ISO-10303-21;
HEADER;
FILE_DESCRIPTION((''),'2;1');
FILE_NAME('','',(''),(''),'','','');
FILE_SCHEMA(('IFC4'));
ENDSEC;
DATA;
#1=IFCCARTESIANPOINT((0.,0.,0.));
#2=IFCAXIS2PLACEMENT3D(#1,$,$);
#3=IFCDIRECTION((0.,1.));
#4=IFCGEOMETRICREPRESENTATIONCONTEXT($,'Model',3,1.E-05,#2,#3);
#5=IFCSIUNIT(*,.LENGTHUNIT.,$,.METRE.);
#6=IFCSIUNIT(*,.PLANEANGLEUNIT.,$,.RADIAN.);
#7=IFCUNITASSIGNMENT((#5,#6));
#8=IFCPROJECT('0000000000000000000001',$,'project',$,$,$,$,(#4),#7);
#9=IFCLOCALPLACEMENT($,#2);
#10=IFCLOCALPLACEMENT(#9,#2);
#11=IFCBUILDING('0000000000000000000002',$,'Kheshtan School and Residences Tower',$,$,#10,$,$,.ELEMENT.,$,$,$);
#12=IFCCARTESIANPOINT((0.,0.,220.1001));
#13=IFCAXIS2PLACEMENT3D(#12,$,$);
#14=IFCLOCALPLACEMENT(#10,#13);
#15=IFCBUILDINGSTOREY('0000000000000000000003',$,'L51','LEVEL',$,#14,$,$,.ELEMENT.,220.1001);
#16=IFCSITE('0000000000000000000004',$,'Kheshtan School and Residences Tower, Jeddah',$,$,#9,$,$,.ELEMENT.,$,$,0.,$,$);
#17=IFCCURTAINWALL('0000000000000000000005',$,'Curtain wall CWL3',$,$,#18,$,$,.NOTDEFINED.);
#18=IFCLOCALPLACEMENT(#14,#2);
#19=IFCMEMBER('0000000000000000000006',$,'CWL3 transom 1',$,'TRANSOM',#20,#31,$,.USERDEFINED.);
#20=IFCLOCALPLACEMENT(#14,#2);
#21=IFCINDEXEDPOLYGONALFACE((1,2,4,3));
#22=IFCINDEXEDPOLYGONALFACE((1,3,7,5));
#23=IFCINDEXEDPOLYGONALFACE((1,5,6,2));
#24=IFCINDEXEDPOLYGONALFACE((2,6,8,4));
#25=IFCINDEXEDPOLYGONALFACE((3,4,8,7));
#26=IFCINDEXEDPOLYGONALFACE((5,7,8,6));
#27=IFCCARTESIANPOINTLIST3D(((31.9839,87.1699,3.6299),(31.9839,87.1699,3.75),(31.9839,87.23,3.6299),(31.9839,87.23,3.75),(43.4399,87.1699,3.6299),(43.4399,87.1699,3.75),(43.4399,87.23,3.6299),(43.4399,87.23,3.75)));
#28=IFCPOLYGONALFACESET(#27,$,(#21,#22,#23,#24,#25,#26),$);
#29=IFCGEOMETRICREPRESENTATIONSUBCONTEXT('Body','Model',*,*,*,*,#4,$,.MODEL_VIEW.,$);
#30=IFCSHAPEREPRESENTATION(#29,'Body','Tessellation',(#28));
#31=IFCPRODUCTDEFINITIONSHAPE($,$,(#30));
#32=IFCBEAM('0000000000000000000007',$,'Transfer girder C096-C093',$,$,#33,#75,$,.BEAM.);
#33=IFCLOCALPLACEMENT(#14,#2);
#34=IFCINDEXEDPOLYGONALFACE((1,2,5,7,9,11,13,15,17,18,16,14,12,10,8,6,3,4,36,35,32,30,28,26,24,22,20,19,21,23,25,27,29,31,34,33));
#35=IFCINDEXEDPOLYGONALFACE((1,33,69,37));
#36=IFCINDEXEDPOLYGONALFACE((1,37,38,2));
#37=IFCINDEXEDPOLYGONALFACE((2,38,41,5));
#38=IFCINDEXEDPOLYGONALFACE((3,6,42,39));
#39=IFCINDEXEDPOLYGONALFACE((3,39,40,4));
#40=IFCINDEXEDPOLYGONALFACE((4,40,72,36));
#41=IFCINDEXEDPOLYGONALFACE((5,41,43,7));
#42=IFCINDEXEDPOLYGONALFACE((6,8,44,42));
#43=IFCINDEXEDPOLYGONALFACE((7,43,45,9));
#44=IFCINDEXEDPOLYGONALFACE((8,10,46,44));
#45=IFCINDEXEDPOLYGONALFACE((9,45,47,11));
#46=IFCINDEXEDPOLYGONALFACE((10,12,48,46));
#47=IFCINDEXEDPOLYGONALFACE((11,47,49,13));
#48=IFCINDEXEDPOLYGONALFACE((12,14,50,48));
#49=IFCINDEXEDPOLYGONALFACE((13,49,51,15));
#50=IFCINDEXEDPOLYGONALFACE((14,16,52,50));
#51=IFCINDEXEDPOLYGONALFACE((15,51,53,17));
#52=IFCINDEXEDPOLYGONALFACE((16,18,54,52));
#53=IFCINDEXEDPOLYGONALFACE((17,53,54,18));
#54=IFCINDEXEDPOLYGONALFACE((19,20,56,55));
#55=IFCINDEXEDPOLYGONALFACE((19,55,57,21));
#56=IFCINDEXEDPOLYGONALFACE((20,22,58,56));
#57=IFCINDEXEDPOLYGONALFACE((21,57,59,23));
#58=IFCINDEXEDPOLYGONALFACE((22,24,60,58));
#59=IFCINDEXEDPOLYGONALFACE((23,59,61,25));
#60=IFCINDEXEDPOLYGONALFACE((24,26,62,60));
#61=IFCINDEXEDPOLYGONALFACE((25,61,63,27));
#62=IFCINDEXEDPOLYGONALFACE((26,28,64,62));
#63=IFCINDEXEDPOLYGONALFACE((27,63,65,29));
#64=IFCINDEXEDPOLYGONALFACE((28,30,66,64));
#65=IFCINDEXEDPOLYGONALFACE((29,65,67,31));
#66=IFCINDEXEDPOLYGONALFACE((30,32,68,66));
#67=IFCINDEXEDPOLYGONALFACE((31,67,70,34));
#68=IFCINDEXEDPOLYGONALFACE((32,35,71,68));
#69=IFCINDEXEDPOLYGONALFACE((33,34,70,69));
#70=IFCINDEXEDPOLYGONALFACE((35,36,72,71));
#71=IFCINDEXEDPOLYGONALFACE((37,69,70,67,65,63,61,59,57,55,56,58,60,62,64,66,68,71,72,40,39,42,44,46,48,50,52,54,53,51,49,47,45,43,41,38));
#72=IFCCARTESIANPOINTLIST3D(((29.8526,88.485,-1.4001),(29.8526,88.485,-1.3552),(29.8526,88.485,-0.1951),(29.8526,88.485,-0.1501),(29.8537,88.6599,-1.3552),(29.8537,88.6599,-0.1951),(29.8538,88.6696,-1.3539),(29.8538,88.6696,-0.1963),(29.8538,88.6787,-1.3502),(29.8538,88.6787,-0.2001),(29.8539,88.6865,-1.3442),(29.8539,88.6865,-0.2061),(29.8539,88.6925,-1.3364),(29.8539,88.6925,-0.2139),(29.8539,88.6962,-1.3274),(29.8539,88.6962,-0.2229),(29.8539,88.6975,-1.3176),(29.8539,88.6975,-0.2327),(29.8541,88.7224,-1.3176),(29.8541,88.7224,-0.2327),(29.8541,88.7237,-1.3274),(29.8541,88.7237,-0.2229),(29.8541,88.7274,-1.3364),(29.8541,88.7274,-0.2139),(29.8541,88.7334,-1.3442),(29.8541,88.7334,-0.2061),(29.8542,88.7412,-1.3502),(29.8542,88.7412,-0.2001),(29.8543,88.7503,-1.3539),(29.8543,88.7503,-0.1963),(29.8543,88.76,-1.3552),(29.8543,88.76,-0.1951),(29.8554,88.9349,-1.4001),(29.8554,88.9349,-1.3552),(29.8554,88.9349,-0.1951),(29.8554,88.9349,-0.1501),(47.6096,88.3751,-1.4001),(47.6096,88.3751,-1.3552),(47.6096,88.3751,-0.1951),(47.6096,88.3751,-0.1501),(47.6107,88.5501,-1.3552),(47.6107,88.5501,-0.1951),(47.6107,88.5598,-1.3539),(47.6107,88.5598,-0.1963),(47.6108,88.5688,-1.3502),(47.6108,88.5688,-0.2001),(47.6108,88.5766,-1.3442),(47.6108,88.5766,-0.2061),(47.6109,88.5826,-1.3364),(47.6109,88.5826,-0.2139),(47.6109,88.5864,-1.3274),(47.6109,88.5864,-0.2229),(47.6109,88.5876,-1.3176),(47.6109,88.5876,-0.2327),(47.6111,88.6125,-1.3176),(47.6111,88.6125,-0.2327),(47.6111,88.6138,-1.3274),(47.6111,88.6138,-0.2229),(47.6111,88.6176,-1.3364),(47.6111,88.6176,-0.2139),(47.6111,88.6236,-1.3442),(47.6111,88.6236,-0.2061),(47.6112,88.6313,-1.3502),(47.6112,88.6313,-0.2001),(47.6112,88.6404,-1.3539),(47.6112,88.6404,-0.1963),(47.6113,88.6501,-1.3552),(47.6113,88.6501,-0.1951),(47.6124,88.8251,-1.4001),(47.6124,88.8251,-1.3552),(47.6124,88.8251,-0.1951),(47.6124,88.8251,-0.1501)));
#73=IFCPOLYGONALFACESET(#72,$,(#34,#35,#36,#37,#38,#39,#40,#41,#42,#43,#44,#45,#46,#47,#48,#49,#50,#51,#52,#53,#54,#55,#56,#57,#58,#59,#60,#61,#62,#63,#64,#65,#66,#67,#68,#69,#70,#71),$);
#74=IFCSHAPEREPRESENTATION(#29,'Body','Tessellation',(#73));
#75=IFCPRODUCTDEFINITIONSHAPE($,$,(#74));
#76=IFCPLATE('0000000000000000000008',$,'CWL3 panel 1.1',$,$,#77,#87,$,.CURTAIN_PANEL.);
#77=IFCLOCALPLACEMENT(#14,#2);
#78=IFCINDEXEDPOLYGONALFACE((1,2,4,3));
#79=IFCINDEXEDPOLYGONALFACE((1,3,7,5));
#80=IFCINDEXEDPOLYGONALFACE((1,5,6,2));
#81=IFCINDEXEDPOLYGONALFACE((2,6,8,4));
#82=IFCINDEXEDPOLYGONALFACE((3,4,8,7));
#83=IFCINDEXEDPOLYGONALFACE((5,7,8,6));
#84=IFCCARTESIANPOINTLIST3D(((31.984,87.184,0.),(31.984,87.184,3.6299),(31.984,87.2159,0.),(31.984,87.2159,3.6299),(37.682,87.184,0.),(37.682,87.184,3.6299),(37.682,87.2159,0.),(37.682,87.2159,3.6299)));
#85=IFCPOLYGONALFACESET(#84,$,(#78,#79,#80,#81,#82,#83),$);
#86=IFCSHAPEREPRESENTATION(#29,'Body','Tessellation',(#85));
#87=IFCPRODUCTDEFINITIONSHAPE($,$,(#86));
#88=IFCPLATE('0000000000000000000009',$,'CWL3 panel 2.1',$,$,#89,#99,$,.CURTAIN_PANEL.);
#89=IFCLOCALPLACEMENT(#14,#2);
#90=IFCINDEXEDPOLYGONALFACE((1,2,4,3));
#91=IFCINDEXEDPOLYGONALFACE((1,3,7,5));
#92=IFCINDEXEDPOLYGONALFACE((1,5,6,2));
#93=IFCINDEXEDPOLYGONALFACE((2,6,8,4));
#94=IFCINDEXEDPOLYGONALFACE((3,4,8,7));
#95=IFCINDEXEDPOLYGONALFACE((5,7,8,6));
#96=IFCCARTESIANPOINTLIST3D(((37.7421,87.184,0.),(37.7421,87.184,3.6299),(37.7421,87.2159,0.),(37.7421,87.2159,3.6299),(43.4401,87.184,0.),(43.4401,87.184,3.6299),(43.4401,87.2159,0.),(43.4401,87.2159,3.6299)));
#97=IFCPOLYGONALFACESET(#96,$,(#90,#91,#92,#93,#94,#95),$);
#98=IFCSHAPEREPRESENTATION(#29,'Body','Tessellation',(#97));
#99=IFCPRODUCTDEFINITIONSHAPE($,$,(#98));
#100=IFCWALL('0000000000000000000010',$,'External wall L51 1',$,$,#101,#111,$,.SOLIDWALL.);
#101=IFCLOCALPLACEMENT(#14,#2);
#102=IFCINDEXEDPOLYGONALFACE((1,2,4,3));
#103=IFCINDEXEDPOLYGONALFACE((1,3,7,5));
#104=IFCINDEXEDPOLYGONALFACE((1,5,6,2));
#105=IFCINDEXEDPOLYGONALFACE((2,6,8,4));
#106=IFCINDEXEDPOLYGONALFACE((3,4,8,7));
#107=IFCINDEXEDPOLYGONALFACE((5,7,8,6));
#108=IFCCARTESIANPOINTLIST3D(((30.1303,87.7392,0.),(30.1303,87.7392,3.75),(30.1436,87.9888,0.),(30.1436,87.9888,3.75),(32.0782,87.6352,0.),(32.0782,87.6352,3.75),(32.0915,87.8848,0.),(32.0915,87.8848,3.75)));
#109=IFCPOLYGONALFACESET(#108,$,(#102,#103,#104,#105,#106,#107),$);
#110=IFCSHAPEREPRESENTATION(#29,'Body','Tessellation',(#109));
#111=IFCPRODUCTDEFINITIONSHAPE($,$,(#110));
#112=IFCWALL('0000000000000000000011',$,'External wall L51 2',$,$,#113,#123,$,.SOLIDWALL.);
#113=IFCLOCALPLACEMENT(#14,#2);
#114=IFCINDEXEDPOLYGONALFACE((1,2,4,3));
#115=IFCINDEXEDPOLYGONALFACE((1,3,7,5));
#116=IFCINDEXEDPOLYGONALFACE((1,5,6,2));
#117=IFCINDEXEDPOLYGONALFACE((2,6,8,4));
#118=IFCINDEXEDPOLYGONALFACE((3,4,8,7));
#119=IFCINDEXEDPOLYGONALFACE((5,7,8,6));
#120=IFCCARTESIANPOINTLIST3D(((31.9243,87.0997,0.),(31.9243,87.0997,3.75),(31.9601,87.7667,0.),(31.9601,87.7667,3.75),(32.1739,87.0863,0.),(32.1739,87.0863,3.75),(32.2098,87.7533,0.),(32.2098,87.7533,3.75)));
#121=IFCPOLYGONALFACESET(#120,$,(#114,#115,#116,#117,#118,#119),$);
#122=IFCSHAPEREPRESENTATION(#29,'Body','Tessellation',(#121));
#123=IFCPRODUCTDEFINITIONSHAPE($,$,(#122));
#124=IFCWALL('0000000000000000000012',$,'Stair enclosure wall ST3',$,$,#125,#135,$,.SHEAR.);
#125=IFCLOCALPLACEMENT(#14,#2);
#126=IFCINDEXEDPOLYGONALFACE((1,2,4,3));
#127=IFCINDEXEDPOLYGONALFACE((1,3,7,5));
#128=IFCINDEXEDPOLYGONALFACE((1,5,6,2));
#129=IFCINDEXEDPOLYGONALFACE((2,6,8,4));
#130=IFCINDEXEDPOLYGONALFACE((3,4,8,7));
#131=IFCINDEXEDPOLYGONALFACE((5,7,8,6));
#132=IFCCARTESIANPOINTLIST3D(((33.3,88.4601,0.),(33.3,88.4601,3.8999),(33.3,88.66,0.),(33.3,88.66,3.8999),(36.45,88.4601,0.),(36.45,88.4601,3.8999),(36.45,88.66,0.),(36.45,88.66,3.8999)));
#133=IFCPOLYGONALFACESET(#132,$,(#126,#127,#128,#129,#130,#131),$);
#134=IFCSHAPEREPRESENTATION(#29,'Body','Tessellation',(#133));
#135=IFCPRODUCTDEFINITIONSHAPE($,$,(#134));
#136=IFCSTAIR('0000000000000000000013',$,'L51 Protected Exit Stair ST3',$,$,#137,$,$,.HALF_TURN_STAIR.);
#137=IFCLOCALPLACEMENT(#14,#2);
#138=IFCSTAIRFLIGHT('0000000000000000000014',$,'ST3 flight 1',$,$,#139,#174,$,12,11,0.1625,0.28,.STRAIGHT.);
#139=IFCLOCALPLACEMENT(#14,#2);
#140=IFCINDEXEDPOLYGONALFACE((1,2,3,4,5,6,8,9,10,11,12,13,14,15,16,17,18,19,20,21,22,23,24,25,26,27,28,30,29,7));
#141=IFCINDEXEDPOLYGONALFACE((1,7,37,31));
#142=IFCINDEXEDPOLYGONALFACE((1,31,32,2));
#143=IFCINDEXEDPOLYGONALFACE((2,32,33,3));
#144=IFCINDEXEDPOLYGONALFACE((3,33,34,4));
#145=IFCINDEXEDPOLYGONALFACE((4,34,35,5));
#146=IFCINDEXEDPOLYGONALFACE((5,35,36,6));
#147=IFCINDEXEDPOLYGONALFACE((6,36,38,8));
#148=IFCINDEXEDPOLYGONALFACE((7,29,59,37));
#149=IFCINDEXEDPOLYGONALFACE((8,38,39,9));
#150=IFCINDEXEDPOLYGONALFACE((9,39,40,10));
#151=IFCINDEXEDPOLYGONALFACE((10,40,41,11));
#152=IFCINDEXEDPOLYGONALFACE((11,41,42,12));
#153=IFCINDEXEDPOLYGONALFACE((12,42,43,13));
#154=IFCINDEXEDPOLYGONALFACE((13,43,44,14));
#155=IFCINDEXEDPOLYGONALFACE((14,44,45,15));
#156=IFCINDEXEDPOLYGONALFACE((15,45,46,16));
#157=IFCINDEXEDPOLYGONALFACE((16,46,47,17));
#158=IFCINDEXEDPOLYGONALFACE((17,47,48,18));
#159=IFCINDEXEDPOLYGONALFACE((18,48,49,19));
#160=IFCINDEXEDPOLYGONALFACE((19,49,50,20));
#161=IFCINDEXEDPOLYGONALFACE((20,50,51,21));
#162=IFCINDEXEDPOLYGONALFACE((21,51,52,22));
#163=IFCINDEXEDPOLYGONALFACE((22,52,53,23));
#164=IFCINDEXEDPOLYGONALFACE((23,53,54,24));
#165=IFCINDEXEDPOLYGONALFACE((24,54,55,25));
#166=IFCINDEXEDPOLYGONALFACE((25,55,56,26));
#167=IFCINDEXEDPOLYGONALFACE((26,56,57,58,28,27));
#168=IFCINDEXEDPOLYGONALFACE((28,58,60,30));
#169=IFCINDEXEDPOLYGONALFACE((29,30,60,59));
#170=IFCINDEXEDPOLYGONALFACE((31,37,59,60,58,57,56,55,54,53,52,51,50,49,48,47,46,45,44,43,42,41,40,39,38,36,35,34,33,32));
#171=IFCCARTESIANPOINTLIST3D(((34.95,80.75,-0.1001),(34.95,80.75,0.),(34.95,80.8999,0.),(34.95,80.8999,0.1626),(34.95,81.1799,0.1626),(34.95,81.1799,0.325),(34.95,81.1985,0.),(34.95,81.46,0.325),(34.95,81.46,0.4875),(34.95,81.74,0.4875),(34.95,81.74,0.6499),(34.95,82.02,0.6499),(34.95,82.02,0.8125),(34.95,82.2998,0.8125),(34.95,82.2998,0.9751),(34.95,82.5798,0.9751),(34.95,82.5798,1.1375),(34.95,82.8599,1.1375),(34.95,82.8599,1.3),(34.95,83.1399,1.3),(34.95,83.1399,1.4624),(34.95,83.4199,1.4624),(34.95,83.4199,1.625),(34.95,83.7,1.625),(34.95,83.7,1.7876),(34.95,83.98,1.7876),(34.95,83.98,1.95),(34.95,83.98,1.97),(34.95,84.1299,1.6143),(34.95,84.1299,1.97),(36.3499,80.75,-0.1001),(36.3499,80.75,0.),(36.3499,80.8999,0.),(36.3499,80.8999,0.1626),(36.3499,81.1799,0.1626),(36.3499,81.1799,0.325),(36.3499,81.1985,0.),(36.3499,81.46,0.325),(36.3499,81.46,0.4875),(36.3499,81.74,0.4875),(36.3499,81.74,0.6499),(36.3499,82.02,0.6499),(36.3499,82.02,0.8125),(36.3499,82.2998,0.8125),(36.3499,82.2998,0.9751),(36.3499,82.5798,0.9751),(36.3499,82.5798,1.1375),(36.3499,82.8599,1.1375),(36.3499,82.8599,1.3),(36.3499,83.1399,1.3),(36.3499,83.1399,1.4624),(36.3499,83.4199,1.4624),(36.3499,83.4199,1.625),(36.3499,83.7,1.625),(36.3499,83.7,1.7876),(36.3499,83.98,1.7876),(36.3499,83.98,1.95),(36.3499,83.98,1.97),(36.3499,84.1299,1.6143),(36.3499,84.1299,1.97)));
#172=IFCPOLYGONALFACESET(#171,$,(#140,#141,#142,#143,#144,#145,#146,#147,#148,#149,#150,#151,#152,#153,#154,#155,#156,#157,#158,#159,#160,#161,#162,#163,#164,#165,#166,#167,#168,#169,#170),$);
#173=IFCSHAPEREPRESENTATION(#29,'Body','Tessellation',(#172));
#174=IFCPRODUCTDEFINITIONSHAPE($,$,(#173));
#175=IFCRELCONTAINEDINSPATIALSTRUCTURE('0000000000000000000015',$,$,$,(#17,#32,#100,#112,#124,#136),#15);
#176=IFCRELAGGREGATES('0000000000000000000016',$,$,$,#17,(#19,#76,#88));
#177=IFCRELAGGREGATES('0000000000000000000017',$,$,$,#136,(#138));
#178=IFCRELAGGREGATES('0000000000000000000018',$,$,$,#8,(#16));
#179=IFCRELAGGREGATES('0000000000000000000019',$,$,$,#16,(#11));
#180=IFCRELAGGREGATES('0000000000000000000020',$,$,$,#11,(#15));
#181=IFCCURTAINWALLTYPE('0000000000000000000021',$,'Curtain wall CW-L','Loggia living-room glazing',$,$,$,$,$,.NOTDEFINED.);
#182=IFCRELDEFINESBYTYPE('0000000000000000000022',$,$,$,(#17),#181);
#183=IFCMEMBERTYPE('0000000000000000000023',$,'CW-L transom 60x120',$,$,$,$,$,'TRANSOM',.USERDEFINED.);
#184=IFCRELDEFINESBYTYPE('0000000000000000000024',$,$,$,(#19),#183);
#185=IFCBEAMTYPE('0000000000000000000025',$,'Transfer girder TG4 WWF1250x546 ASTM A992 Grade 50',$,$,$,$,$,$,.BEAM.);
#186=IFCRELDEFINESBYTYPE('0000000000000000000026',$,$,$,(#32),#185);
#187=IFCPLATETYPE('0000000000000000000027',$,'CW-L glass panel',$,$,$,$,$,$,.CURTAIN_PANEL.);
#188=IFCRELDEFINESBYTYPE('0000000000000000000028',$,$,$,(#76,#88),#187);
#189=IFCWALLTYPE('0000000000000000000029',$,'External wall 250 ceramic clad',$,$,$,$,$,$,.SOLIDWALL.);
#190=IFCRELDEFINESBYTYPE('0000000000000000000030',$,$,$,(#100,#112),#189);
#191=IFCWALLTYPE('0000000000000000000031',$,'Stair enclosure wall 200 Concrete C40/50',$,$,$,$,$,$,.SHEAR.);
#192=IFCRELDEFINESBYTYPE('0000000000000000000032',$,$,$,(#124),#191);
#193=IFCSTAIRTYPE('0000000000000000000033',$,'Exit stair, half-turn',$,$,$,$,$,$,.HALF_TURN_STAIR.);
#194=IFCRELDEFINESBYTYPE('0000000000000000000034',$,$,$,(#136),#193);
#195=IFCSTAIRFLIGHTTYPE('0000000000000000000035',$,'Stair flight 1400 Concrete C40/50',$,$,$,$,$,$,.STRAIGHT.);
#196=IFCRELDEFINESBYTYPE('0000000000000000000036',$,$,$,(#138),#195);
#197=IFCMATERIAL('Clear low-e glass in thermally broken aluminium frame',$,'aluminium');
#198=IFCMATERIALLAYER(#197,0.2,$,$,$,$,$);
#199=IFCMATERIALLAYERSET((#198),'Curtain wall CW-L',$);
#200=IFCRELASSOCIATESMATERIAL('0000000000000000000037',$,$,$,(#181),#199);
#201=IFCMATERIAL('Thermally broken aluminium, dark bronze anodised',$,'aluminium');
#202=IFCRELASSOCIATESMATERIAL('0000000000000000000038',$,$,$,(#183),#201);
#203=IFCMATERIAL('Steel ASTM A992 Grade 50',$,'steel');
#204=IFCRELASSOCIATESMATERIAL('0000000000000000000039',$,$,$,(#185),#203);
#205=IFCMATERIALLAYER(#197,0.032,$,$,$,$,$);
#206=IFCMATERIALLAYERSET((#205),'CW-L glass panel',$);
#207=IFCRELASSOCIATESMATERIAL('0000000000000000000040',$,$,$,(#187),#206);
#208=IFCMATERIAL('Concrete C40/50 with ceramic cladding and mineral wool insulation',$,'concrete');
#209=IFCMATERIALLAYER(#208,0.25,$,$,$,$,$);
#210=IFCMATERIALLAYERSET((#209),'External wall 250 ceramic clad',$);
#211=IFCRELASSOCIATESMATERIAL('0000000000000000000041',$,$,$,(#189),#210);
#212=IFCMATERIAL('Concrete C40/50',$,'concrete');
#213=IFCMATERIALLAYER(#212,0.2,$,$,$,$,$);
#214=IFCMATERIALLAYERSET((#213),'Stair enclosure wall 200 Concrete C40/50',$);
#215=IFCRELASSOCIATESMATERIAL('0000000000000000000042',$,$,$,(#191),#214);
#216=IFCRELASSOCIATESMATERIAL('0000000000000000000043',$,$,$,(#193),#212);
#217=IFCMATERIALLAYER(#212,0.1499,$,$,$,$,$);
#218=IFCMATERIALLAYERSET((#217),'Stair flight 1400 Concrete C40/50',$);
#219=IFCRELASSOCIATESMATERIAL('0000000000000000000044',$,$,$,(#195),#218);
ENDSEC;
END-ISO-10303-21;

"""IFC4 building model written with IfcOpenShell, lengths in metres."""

from ifc_helpers import new_model, si_unit, direction, frame, frame_2d, origin, origin_2d, place, context, subcontext, project, spatial, polyline, rectangle, i_section, outline, extrude, material, layer, layer_set, material_profile, profile_set, type_object, element, aggregate, save


model = new_model("IFC4")

# Units and contexts
model_context = context("Model", 3, precision=1e-05, world=origin(), true_north=direction((0.0, 1.0)))
body_context = subcontext(model_context, "Body", "Model", "MODEL_VIEW")
ifc_project = project(units=[si_unit("LENGTHUNIT", "METRE"), si_unit("PLANEANGLEUNIT", "RADIAN")], contexts=[model_context])

# Site, building, storey
site_placement = place(None, origin())
site = spatial("IfcSite", under=ifc_project, at=site_placement, Name="Kheshtan School and Residences Tower, Jeddah", CompositionType="ELEMENT", RefElevation=0.0)
building_placement = place(site_placement, origin())
building = spatial("IfcBuilding", under=site, at=building_placement, Name="Kheshtan School and Residences Tower", CompositionType="ELEMENT")
storey_placement = place(building_placement, frame((0.0, 0.0, 220.1001)))
storey = spatial("IfcBuildingStorey", under=building, at=storey_placement, Name="L51", Description="LEVEL", CompositionType="ELEMENT", Elevation=220.1001)

# Shared definitions
ifc_material_1 = material(Name="Steel ASTM A992 Grade 50", Category="steel")

# Curtain wall, member
ifc_material_2 = material(Name="Clear low-e glass in thermally broken aluminium frame", Category="aluminium")
ifc_layer_1 = layer(ifc_material_2, 0.2)
ifc_layer_set_1 = layer_set([ifc_layer_1], Name="Curtain wall CW-L")
curtain_wall_type = type_object("IfcCurtainWallType", Name="Curtain wall CW-L", Description="Loggia living-room glazing", PredefinedType="NOTDEFINED", material=ifc_layer_set_1)
curtain_wall_placement = place(storey_placement, origin())
curtain_wall = element("IfcCurtainWall", 1, at=curtain_wall_placement, inside=storey, type_object=curtain_wall_type, Name="Curtain wall CWL3", PredefinedType="NOTDEFINED")
ifc_material_3 = material(Name="Thermally broken aluminium, dark bronze anodised", Category="aluminium")
ifc_material_profile_1 = material_profile(ifc_material_3, rectangle(XDim=0.0601, YDim=0.1201, at=origin_2d()), Name="CW-L transom 60x120")
ifc_profile_set_1 = profile_set([ifc_material_profile_1], Name="Thermally broken aluminium, dark bronze anodised")
member_type_1 = type_object("IfcMemberType", Name="CW-L transom 60x120", ElementType="TRANSOM", PredefinedType="USERDEFINED", material=ifc_profile_set_1)
member_1_placement = place(storey_placement, frame((31.9839, 87.2, 3.6899), z_axis=(1.0, 0.0, 0.0), x_axis=(0.0, 1.0, 0.0)))
member_1 = element("IfcMember", 2, at=member_1_placement, type_object=member_type_1, Name="CWL3 transom 1", ObjectType="TRANSOM", PredefinedType="USERDEFINED", context=body_context, shape_type="SweptSolid", body=[
    extrude(rectangle(XDim=0.0601, YDim=0.1201, at=origin_2d()), origin(), (0.0, 0.0, 1.0), 11.4561),
])

# Beam
ifc_material_profile_2 = material_profile(ifc_material_1, i_section(OverallWidth=0.45, OverallDepth=1.25, WebThickness=0.0249, FlangeThickness=0.0449, FilletRadius=0.0376, at=origin_2d()), Name="WWF1250x546")
ifc_profile_set_2 = profile_set([ifc_material_profile_2], Name="Steel ASTM A992 Grade 50")
beam_type_1 = type_object("IfcBeamType", Name="Transfer girder TG4 WWF1250x546 ASTM A992 Grade 50", PredefinedType="BEAM", material=ifc_profile_set_2)
beam_1_placement = place(storey_placement, frame((29.854, 88.71, -0.7751), z_axis=(0.999981, -0.006187, 0.0), x_axis=(0.006187, 0.999981, 0.0)))
element("IfcBeam", 3, at=beam_1_placement, inside=storey, type_object=beam_type_1, Name="Transfer girder C096-C093", PredefinedType="BEAM", context=body_context, shape_type="SweptSolid", body=[
    extrude(i_section(OverallWidth=0.45, OverallDepth=1.25, WebThickness=0.0249, FlangeThickness=0.0449, FilletRadius=0.0376, at=origin_2d()), origin(), (0.0, 0.0, 1.0), 17.7573),
])

# Plates
ifc_layer_2 = layer(ifc_material_2, 0.032)
ifc_layer_set_2 = layer_set([ifc_layer_2], Name="CW-L glass panel")
plate_type = type_object("IfcPlateType", Name="CW-L glass panel", PredefinedType="CURTAIN_PANEL", material=ifc_layer_set_2)
plate_1_placement = place(storey_placement, frame((34.833, 87.2, 0.0), z_axis=(0.0, 0.0, 1.0), x_axis=(1.0, 0.0, 0.0)))
plate_1 = element("IfcPlate", 4, at=plate_1_placement, type_object=plate_type, Name="CWL3 panel 1.1", PredefinedType="CURTAIN_PANEL", context=body_context, shape_type="SweptSolid", body=[
    extrude(rectangle(XDim=5.698, YDim=0.032, at=origin_2d()), origin(), (0.0, 0.0, 1.0), 3.6299),
])
plate_2_placement = place(storey_placement, frame((40.5911, 87.2, 0.0), z_axis=(0.0, 0.0, 1.0), x_axis=(1.0, 0.0, 0.0)))
plate_2 = element("IfcPlate", 5, at=plate_2_placement, type_object=plate_type, Name="CWL3 panel 2.1", PredefinedType="CURTAIN_PANEL", context=body_context, shape_type="SweptSolid", body=[
    extrude(rectangle(XDim=5.698, YDim=0.032, at=origin_2d()), origin(), (0.0, 0.0, 1.0), 3.6299),
])
aggregate(curtain_wall, [member_1, plate_1, plate_2])

# Walls
ifc_material_4 = material(Name="Concrete C40/50 with ceramic cladding and mineral wool insulation", Category="concrete")
ifc_layer_3 = layer(ifc_material_4, 0.25)
ifc_layer_set_3 = layer_set([ifc_layer_3], Name="External wall 250 ceramic clad")
wall_type_1 = type_object("IfcWallType", Name="External wall 250 ceramic clad", PredefinedType="SOLIDWALL", material=ifc_layer_set_3)
wall_1_placement = place(storey_placement, frame((30.137, 87.864, 0.0), z_axis=(0.0, 0.0, 1.0), x_axis=(0.998578, -0.053314, 0.0)))
element("IfcWall", 6, at=wall_1_placement, inside=storey, type_object=wall_type_1, Name="External wall L51 1", PredefinedType="SOLIDWALL", context=body_context, shape_type="SweptSolid", body=[
    extrude(rectangle(XDim=1.9507, YDim=0.25, at=frame_2d((0.9753, 0.0))), origin(), (0.0, 0.0, 1.0), 3.75),
])
wall_2_placement = place(storey_placement, frame((32.085, 87.76, 0.0), z_axis=(0.0, 0.0, 1.0), x_axis=(-0.053729, -0.998556, 0.0)))
element("IfcWall", 7, at=wall_2_placement, inside=storey, type_object=wall_type_1, Name="External wall L51 2", PredefinedType="SOLIDWALL", context=body_context, shape_type="SweptSolid", body=[
    extrude(rectangle(XDim=0.668, YDim=0.25, at=frame_2d((0.334, 0.0))), origin(), (0.0, 0.0, 1.0), 3.75),
])
ifc_material_5 = material(Name="Concrete C40/50", Category="concrete")
ifc_layer_4 = layer(ifc_material_5, 0.2)
ifc_layer_set_4 = layer_set([ifc_layer_4], Name="Stair enclosure wall 200 Concrete C40/50")
wall_type_2 = type_object("IfcWallType", Name="Stair enclosure wall 200 Concrete C40/50", PredefinedType="SHEAR", material=ifc_layer_set_4)
wall_3_placement = place(storey_placement, frame((33.3, 88.5601, 0.0), z_axis=(0.0, 0.0, 1.0), x_axis=(1.0, 0.0, 0.0)))
element("IfcWall", 8, at=wall_3_placement, inside=storey, type_object=wall_type_2, Name="Stair enclosure wall ST3", PredefinedType="SHEAR", context=body_context, shape_type="SweptSolid", body=[
    extrude(rectangle(XDim=3.1499, YDim=0.2, at=frame_2d((1.575, 0.0))), origin(), (0.0, 0.0, 1.0), 3.8999),
])

# Stair, stair flight
stair_type = type_object("IfcStairType", Name="Exit stair, half-turn", PredefinedType="HALF_TURN_STAIR", material=ifc_material_5)
stair_placement = place(storey_placement, origin())
stair = element("IfcStair", 9, at=stair_placement, inside=storey, type_object=stair_type, Name="L51 Protected Exit Stair ST3", PredefinedType="HALF_TURN_STAIR")
ifc_layer_5 = layer(ifc_material_5, 0.1499)
ifc_layer_set_5 = layer_set([ifc_layer_5], Name="Stair flight 1400 Concrete C40/50")
stair_flight_type = type_object("IfcStairFlightType", Name="Stair flight 1400 Concrete C40/50", PredefinedType="STRAIGHT", material=ifc_layer_set_5)
stair_flight_1_placement = place(storey_placement, frame((35.6499, 80.8999, 0.0), z_axis=(0.0, 0.0, 1.0), x_axis=(0.0, 1.0, 0.0)))
stair_flight_1 = element("IfcStairFlight", 10, at=stair_flight_1_placement, type_object=stair_flight_type, Name="ST3 flight 1", NumberOfRisers=12, NumberOfTreads=11, PredefinedType="STRAIGHT", RiserHeight=0.1625, TreadLength=0.28, context=body_context, shape_type="SweptSolid", body=[
    extrude(outline(polyline([(-0.1499, -0.1001), (-0.1499, 0.0), (0.0, 0.0), (0.0, 0.1626), (0.28, 0.1626), (0.28, 0.325), (0.5601, 0.325), (0.5601, 0.4875), (0.8401, 0.4875), (0.8401, 0.6499), (1.1201, 0.6499), (1.1201, 0.8125), (1.3999, 0.8125), (1.3999, 0.9751), (1.6799, 0.9751), (1.6799, 1.1375), (1.96, 1.1375), (1.96, 1.3), (2.24, 1.3), (2.24, 1.4624), (2.52, 1.4624), (2.52, 1.625), (2.8, 1.625), (2.8, 1.7876), (3.0801, 1.7876), (3.0801, 1.95), (3.0801, 1.97), (3.23, 1.97), (3.23, 1.6143), (0.2986, 0.0), (-0.1499, -0.1001)])), frame((0.0, 0.7, 0.0), z_axis=(0.0, -1.0, 0.0), x_axis=(1.0, 0.0, 0.0)), (0.0, 0.0, 1.0), 1.3999),
])
aggregate(stair, [stair_flight_1])

save(model, "model.ifc")
